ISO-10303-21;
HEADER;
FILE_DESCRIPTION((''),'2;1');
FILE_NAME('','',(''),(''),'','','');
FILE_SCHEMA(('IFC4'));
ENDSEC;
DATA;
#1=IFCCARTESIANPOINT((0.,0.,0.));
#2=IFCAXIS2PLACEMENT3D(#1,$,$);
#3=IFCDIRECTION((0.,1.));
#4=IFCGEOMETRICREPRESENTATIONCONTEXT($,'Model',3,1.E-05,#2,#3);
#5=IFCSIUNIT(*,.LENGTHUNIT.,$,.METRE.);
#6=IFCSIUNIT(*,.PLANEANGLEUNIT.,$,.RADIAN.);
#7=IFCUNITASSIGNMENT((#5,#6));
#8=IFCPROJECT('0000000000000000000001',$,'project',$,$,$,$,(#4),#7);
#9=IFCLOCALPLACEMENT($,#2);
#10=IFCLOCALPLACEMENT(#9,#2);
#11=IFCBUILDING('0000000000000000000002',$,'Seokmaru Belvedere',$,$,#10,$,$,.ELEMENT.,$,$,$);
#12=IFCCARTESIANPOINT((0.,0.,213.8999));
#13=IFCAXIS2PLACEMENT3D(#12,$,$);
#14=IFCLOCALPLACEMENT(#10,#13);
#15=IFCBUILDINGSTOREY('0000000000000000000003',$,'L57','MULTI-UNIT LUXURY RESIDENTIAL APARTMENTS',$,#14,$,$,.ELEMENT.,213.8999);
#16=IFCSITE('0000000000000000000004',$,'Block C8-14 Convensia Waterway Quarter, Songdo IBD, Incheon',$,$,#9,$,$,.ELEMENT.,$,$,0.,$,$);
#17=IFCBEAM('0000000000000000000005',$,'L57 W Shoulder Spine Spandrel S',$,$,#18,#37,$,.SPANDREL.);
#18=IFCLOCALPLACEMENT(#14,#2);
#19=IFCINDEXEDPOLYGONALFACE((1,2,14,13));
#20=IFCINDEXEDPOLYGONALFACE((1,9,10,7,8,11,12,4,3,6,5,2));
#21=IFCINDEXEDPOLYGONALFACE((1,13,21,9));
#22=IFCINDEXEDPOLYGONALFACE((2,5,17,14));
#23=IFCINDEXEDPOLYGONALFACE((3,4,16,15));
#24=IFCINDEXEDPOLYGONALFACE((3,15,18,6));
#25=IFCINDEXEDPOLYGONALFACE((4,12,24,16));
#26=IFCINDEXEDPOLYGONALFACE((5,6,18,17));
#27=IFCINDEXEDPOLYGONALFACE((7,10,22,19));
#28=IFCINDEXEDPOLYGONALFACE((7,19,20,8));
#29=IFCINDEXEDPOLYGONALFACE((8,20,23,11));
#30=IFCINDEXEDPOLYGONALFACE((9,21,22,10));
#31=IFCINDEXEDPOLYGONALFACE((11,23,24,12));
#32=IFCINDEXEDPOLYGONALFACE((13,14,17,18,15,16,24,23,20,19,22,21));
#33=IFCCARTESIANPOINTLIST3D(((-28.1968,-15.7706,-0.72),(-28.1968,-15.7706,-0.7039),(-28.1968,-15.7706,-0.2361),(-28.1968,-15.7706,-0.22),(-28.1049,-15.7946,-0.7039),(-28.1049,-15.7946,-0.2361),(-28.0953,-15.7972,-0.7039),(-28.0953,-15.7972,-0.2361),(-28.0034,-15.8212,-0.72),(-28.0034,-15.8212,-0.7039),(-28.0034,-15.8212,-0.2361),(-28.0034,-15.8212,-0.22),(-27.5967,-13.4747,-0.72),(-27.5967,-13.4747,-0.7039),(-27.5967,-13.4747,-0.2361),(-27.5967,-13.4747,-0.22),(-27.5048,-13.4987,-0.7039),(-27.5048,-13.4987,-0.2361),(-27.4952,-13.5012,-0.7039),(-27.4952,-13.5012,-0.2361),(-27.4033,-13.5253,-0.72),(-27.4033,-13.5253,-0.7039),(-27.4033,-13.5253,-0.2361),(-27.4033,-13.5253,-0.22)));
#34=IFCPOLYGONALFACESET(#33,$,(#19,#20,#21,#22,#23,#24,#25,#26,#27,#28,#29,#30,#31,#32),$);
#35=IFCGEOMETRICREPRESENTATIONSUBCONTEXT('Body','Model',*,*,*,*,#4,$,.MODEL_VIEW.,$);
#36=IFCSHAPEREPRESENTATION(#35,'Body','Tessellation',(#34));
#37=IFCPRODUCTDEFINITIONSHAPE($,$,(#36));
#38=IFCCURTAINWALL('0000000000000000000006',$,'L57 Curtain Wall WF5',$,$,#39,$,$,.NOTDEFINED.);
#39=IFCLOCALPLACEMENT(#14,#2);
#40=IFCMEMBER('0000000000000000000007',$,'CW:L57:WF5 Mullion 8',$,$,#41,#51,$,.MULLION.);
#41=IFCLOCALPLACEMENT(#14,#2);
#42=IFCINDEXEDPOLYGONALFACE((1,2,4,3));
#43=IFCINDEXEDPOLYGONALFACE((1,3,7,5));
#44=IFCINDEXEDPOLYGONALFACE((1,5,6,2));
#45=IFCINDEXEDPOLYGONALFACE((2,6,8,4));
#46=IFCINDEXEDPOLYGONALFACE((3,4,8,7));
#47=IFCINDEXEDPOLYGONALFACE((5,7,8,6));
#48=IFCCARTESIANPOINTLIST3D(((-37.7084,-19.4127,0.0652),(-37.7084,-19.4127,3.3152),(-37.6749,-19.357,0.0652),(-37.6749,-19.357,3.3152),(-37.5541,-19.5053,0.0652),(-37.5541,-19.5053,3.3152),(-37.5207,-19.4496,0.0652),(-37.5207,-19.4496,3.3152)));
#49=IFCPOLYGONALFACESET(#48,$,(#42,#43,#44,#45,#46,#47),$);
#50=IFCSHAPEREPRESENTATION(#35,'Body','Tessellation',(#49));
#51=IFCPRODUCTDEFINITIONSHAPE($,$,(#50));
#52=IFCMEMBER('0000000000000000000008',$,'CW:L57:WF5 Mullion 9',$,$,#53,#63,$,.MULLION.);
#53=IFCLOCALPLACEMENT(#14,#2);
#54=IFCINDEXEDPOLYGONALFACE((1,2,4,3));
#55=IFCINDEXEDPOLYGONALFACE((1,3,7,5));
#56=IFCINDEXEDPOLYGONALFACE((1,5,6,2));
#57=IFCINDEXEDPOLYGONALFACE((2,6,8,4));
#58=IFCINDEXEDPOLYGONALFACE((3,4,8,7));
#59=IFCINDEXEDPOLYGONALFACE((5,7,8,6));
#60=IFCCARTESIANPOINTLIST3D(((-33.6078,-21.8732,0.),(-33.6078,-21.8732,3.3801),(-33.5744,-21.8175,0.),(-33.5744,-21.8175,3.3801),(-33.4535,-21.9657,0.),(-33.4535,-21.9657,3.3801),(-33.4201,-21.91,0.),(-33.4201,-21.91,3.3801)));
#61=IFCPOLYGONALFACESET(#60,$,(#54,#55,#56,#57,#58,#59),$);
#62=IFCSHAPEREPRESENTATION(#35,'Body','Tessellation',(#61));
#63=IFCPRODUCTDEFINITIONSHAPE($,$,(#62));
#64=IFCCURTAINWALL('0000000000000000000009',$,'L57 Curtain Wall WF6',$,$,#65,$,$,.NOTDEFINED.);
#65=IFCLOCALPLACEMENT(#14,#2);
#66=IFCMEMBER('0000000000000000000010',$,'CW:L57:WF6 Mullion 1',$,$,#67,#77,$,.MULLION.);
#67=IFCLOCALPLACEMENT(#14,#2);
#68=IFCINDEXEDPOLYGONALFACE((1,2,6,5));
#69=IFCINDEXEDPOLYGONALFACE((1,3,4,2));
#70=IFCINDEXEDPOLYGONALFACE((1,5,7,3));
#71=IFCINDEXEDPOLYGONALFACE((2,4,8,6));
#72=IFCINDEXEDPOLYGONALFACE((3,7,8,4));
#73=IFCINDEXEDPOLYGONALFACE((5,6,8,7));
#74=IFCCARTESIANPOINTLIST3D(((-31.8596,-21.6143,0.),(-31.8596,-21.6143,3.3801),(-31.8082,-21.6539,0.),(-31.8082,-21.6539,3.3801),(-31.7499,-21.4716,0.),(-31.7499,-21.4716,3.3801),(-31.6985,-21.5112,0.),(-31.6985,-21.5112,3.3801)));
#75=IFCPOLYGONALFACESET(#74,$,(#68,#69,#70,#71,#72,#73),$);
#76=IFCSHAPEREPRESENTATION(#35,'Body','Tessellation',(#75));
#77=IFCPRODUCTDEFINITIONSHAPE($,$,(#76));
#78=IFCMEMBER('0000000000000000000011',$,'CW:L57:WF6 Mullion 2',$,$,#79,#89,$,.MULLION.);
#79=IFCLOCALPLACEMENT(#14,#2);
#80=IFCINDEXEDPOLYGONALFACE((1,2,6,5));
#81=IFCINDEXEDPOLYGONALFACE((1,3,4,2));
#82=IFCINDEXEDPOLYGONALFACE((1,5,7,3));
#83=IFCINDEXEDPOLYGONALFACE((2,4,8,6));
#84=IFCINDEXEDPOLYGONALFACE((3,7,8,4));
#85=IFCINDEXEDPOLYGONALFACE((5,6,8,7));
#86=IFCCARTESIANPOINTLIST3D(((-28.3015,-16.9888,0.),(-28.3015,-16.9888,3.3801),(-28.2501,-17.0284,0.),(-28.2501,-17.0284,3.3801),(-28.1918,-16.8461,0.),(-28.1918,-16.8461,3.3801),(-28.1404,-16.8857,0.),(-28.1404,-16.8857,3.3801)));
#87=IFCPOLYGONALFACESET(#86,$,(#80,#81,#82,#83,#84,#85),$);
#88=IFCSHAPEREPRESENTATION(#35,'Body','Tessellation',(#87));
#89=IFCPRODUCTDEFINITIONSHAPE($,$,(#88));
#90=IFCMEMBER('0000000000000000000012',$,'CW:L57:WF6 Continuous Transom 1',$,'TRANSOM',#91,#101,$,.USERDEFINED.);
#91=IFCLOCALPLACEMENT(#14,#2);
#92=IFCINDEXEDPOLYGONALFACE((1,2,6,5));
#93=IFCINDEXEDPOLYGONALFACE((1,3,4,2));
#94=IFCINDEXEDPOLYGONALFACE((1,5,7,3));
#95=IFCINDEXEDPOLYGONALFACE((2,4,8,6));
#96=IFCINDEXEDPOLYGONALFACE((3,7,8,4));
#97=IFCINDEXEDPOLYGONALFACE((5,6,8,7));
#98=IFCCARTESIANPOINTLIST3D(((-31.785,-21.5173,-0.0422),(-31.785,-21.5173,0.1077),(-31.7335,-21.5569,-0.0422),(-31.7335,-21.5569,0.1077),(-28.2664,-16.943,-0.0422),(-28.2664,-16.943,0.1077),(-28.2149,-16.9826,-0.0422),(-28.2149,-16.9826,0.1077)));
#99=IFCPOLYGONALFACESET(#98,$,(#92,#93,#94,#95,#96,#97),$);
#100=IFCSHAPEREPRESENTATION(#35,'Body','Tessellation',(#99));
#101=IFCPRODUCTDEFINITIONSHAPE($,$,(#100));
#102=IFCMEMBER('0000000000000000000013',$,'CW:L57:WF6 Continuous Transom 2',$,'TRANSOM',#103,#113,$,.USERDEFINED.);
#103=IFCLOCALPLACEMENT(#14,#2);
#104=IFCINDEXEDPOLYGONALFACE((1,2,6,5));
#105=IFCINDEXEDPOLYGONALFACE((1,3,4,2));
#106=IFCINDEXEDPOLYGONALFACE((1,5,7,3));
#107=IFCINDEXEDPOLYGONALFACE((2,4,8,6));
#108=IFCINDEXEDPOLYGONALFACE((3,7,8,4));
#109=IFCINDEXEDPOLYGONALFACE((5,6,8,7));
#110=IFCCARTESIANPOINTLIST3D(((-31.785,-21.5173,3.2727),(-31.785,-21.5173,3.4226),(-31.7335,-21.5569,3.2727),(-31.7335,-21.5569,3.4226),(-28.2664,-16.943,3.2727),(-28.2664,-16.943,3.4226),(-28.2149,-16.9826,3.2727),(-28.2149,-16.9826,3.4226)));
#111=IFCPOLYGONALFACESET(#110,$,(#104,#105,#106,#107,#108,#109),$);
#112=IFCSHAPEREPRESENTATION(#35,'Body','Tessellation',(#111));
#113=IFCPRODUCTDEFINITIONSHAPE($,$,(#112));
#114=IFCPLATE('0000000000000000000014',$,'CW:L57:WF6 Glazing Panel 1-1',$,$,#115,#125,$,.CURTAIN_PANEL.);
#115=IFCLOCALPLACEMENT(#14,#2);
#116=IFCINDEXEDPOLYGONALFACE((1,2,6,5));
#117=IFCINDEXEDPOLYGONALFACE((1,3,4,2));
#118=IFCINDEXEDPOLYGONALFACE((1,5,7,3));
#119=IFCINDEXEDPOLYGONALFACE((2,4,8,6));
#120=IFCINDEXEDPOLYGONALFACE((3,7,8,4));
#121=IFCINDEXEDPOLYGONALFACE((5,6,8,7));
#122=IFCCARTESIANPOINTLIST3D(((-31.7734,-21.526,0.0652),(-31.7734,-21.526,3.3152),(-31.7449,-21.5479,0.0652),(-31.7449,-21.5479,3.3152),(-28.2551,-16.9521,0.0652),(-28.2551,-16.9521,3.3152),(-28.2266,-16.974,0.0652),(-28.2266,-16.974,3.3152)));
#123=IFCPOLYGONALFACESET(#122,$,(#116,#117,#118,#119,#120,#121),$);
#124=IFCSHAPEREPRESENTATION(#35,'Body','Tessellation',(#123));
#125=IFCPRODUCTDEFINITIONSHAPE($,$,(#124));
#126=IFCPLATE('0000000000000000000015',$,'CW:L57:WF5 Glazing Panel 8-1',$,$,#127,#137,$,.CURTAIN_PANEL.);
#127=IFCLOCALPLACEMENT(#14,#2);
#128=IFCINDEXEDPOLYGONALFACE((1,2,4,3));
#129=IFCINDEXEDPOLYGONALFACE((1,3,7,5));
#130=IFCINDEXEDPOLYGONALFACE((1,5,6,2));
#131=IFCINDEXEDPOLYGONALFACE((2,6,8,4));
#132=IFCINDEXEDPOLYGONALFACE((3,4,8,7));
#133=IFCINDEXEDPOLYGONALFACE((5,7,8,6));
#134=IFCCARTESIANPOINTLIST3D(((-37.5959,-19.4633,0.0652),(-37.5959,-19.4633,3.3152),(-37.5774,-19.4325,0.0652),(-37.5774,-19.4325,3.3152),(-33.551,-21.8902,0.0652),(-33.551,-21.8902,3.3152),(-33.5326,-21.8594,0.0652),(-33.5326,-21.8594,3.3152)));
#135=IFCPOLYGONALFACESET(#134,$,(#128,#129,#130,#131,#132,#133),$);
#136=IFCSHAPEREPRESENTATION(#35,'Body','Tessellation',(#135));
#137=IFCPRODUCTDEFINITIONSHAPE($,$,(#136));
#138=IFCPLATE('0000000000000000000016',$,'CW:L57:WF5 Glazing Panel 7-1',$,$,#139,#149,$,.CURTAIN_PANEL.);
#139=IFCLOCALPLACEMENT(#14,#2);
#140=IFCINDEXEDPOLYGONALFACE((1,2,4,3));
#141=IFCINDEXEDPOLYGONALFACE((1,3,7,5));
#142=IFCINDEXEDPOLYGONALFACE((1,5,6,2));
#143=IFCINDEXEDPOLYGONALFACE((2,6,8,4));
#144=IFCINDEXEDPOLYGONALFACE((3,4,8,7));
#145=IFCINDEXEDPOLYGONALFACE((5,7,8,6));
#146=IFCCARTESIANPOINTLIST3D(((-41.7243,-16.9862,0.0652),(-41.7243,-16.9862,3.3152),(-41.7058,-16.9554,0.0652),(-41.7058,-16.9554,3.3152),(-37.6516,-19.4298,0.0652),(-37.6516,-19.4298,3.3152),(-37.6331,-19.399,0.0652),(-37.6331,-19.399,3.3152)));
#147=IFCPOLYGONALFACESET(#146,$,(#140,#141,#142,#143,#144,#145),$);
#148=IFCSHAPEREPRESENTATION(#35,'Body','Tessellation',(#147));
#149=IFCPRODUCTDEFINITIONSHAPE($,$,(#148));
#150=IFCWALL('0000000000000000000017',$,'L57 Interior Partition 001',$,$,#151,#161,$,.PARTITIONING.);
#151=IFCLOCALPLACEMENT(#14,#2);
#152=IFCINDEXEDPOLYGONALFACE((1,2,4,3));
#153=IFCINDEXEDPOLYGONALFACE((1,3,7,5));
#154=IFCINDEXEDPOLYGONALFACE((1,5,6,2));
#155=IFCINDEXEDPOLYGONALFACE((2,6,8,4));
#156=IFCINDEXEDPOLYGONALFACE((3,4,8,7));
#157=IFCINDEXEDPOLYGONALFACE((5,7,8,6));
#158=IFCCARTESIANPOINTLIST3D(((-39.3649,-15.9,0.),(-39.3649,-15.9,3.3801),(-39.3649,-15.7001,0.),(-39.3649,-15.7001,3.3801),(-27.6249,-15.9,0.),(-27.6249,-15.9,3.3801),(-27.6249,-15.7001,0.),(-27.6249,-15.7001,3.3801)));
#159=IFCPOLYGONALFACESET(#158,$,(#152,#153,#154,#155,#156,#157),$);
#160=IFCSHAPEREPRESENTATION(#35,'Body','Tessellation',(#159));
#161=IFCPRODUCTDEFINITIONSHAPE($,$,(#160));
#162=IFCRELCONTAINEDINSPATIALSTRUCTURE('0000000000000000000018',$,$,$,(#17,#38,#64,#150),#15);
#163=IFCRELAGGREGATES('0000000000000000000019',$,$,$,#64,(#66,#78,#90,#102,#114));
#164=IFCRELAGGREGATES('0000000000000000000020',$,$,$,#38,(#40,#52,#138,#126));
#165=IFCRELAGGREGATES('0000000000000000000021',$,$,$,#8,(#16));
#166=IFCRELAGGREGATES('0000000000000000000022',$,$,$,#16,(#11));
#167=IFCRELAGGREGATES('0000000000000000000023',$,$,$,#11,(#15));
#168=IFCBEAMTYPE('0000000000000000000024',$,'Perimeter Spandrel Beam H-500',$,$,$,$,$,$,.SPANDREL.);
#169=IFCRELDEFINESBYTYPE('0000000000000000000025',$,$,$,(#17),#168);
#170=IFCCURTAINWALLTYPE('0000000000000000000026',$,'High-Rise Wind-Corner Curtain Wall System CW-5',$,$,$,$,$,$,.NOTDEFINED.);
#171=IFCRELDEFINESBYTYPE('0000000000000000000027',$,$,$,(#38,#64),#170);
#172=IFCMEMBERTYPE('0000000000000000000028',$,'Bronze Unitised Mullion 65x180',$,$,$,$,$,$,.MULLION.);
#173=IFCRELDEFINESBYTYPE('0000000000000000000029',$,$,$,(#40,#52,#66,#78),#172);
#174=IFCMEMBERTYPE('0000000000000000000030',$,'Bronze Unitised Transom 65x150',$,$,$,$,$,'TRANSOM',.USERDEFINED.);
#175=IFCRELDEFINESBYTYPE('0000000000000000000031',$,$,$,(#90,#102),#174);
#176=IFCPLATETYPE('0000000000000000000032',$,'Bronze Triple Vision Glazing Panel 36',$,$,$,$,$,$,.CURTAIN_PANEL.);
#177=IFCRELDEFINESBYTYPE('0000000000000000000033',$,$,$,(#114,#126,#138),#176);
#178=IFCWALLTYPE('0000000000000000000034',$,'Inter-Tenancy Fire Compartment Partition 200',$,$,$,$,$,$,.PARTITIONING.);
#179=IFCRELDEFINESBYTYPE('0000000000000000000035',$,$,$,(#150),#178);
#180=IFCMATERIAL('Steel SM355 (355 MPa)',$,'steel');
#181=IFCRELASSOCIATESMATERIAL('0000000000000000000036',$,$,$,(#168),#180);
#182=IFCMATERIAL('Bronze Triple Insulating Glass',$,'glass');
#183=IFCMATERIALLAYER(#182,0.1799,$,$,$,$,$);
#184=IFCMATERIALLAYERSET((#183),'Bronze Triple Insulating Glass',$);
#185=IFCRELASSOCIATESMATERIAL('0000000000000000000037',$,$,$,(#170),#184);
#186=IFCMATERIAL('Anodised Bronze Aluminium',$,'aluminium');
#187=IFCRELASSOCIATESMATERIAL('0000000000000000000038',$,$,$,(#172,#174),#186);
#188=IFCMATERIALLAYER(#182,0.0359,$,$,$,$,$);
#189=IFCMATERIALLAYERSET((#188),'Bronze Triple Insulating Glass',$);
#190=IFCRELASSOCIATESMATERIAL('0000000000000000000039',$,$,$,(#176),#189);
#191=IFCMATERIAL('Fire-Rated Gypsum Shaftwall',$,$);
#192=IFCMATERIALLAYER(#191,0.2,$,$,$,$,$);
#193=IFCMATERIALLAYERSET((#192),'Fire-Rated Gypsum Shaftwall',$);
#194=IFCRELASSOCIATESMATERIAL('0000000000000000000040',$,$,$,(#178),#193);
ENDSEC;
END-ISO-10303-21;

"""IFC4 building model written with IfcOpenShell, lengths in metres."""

from ifc_helpers import new_model, si_unit, direction, frame, frame_2d, origin, origin_2d, place, context, subcontext, project, spatial, rectangle, i_section, extrude, source, transform, mapped, material, layer, layer_set, material_profile, profile_set, type_object, type_shapes, element, aggregate, save


model = new_model("IFC4")

# Units and contexts
model_context = context("Model", 3, precision=1e-05, world=origin(), true_north=direction((0.0, 1.0)))
body_context = subcontext(model_context, "Body", "Model", "MODEL_VIEW")
ifc_project = project(units=[si_unit("LENGTHUNIT", "METRE"), si_unit("PLANEANGLEUNIT", "RADIAN")], contexts=[model_context])

# Site, building, storey
site_placement = place(None, origin())
site = spatial("IfcSite", under=ifc_project, at=site_placement, Name="Block C8-14 Convensia Waterway Quarter, Songdo IBD, Incheon", CompositionType="ELEMENT", RefElevation=0.0)
building_placement = place(site_placement, origin())
building = spatial("IfcBuilding", under=site, at=building_placement, Name="Seokmaru Belvedere", CompositionType="ELEMENT")
storey_placement = place(building_placement, frame((0.0, 0.0, 213.8999)))
storey = spatial("IfcBuildingStorey", under=building, at=storey_placement, Name="L57", Description="MULTI-UNIT LUXURY RESIDENTIAL APARTMENTS", CompositionType="ELEMENT", Elevation=213.8999)

# Shared definitions
ifc_material_1 = material(Name="Steel SM355 (355 MPa)", Category="steel")

# Beam
ifc_material_profile_1 = material_profile(ifc_material_1, i_section(OverallWidth=0.2, OverallDepth=0.5, WebThickness=0.01, FlangeThickness=0.0161, at=origin_2d()), Name="H-500x200x10x16")
ifc_profile_set_1 = profile_set([ifc_material_profile_1], Name="Steel SM355 (355 MPa)")
beam_type_1 = type_object("IfcBeamType", Name="Perimeter Spandrel Beam H-500", PredefinedType="SPANDREL", material=ifc_profile_set_1)
shared_shape_1 = source(origin(), body_context, "Body", "SweptSolid", [
    extrude(i_section(OverallWidth=0.2, OverallDepth=0.5, WebThickness=0.01, FlangeThickness=0.0161, at=origin_2d()), origin(), (0.0, 0.0, 1.0), 2.373),
])
beam_1_placement = place(storey_placement, frame((-28.1001, -15.7959, -0.47), z_axis=(0.252883, 0.967497, 0.0), x_axis=(-0.967497, 0.252883, 0.0)))
element("IfcBeam", 1, at=beam_1_placement, inside=storey, type_object=beam_type_1, Name="L57 W Shoulder Spine Spandrel S", PredefinedType="SPANDREL", context=body_context, shape_type="MappedRepresentation", body=[
    mapped(shared_shape_1, transform((0.0, 0.0, 0.0), scale=1.0)),
])

# Curtain wall, members
ifc_material_2 = material(Name="Bronze Triple Insulating Glass", Category="glass")
ifc_layer_1 = layer(ifc_material_2, 0.1799)
ifc_layer_set_1 = layer_set([ifc_layer_1], Name="Bronze Triple Insulating Glass")
curtain_wall_type = type_object("IfcCurtainWallType", Name="High-Rise Wind-Corner Curtain Wall System CW-5", PredefinedType="NOTDEFINED", material=ifc_layer_set_1)
curtain_wall_1_placement = place(storey_placement, origin())
curtain_wall_1 = element("IfcCurtainWall", 2, at=curtain_wall_1_placement, inside=storey, type_object=curtain_wall_type, Name="L57 Curtain Wall WF5", PredefinedType="NOTDEFINED")
ifc_material_3 = material(Name="Anodised Bronze Aluminium", Category="aluminium")
ifc_material_profile_2 = material_profile(ifc_material_3, rectangle(XDim=0.0649, YDim=0.1799, at=origin_2d()), Name="CW-M-65x180")
ifc_profile_set_2 = profile_set([ifc_material_profile_2], Name="Anodised Bronze Aluminium")
member_type_1 = type_object("IfcMemberType", Name="Bronze Unitised Mullion 65x180", PredefinedType="MULLION", material=ifc_profile_set_2)
shared_shape_2 = source(origin(), body_context, "Body", "SweptSolid", [
    extrude(rectangle(XDim=0.0649, YDim=0.1799, at=origin_2d()), origin(), (0.0, 0.0, 1.0), 3.25),
])
member_1_placement = place(storey_placement, frame((-37.6145, -19.4312, 0.0652), z_axis=(0.0, 0.0, 1.0), x_axis=(0.514495, 0.857493, 0.0)))
member_1 = element("IfcMember", 3, at=member_1_placement, type_object=member_type_1, Name="CW:L57:WF5 Mullion 8", PredefinedType="MULLION", context=body_context, shape_type="MappedRepresentation", body=[
    mapped(shared_shape_2, transform((0.0, 0.0, 0.0), scale=1.0)),
])
shared_shape_3 = source(origin(), body_context, "Body", "SweptSolid", [
    extrude(rectangle(XDim=0.0649, YDim=0.1799, at=origin_2d()), origin(), (0.0, 0.0, 1.0), 3.3801),
])
type_shapes(member_type_1, [shared_shape_2, shared_shape_3])
member_2_placement = place(storey_placement, frame((-33.5139, -21.8916, 0.0), z_axis=(0.0, 0.0, 1.0), x_axis=(0.514495, 0.857493, 0.0)))
member_2 = element("IfcMember", 4, at=member_2_placement, type_object=member_type_1, Name="CW:L57:WF5 Mullion 9", PredefinedType="MULLION", context=body_context, shape_type="MappedRepresentation", body=[
    mapped(shared_shape_3, transform((0.0, 0.0, 0.0), scale=1.0)),
])

# Curtain wall, members, plate
curtain_wall_2_placement = place(storey_placement, origin())
curtain_wall_2 = element("IfcCurtainWall", 5, at=curtain_wall_2_placement, inside=storey, type_object=curtain_wall_type, Name="L57 Curtain Wall WF6", PredefinedType="NOTDEFINED")
member_3_placement = place(storey_placement, frame((-31.7791, -21.5627, 0.0), z_axis=(0.0, 0.0, 1.0), x_axis=(-0.792631, 0.609701, 0.0)))
member_3 = element("IfcMember", 6, at=member_3_placement, type_object=member_type_1, Name="CW:L57:WF6 Mullion 1", PredefinedType="MULLION", context=body_context, shape_type="MappedRepresentation", body=[
    mapped(shared_shape_3, transform((0.0, 0.0, 0.0), scale=1.0)),
])
member_4_placement = place(storey_placement, frame((-28.2209, -16.9373, 0.0), z_axis=(0.0, 0.0, 1.0), x_axis=(-0.792631, 0.609701, 0.0)))
member_4 = element("IfcMember", 7, at=member_4_placement, type_object=member_type_1, Name="CW:L57:WF6 Mullion 2", PredefinedType="MULLION", context=body_context, shape_type="MappedRepresentation", body=[
    mapped(shared_shape_3, transform((0.0, 0.0, 0.0), scale=1.0)),
])
ifc_material_profile_3 = material_profile(ifc_material_3, rectangle(XDim=0.0649, YDim=0.1499, at=origin_2d()), Name="CW-T-65x150")
ifc_profile_set_3 = profile_set([ifc_material_profile_3], Name="Anodised Bronze Aluminium")
member_type_2 = type_object("IfcMemberType", Name="Bronze Unitised Transom 65x150", ElementType="TRANSOM", PredefinedType="USERDEFINED", material=ifc_profile_set_3)
shared_shape_4 = source(origin(), body_context, "Body", "SweptSolid", [
    extrude(rectangle(XDim=0.0649, YDim=0.1499, at=origin_2d()), origin(), (0.0, 0.0, 1.0), 5.771),
])
type_shapes(member_type_2, [shared_shape_4])
member_5_placement = place(storey_placement, frame((-31.7593, -21.5371, 0.0327), z_axis=(0.609703, 0.79263, 0.0), x_axis=(-0.79263, 0.609703, 0.0)))
member_5 = element("IfcMember", 8, at=member_5_placement, type_object=member_type_2, Name="CW:L57:WF6 Continuous Transom 1", ObjectType="TRANSOM", PredefinedType="USERDEFINED", context=body_context, shape_type="MappedRepresentation", body=[
    mapped(shared_shape_4, transform((0.0, 0.0, 0.0), scale=1.0)),
])
member_6_placement = place(storey_placement, frame((-31.7593, -21.5371, 3.3477), z_axis=(0.609703, 0.79263, 0.0), x_axis=(-0.79263, 0.609703, 0.0)))
member_6 = element("IfcMember", 9, at=member_6_placement, type_object=member_type_2, Name="CW:L57:WF6 Continuous Transom 2", ObjectType="TRANSOM", PredefinedType="USERDEFINED", context=body_context, shape_type="MappedRepresentation", body=[
    mapped(shared_shape_4, transform((0.0, 0.0, 0.0), scale=1.0)),
])
ifc_layer_2 = layer(ifc_material_2, 0.0359)
ifc_layer_set_2 = layer_set([ifc_layer_2], Name="Bronze Triple Insulating Glass")
plate_type = type_object("IfcPlateType", Name="Bronze Triple Vision Glazing Panel 36", PredefinedType="CURTAIN_PANEL", material=ifc_layer_set_2)
shared_shape_5 = source(origin(), body_context, "Body", "SweptSolid", [
    extrude(rectangle(XDim=5.7705, YDim=0.0359, at=origin_2d()), origin(), (0.0, 0.0, 1.0), 3.25),
])
plate_1_placement = place(storey_placement, frame((-30.0, -19.25, 0.0652), z_axis=(0.0, 0.0, 1.0), x_axis=(0.609701, 0.792631, 0.0)))
plate_1 = element("IfcPlate", 10, at=plate_1_placement, type_object=plate_type, Name="CW:L57:WF6 Glazing Panel 1-1", PredefinedType="CURTAIN_PANEL", context=body_context, shape_type="MappedRepresentation", body=[
    mapped(shared_shape_5, transform((0.0, 0.0, 0.0), scale=1.0)),
])
aggregate(curtain_wall_2, [member_3, member_4, member_5, member_6, plate_1])

# Plates
shared_shape_6 = source(origin(), body_context, "Body", "SweptSolid", [
    extrude(rectangle(XDim=4.717, YDim=0.0359, at=origin_2d()), origin(), (0.0, 0.0, 1.0), 3.25),
])
plate_2_placement = place(storey_placement, frame((-35.5642, -20.6614, 0.0652), z_axis=(0.0, 0.0, 1.0), x_axis=(0.857493, -0.514495, 0.0)))
plate_2 = element("IfcPlate", 11, at=plate_2_placement, type_object=plate_type, Name="CW:L57:WF5 Glazing Panel 8-1", PredefinedType="CURTAIN_PANEL", context=body_context, shape_type="MappedRepresentation", body=[
    mapped(shared_shape_6, transform((0.0, 0.0, 0.0), scale=1.0)),
])
shared_shape_7 = source(origin(), body_context, "Body", "SweptSolid", [
    extrude(rectangle(XDim=4.7495, YDim=0.0359, at=origin_2d()), origin(), (0.0, 0.0, 1.0), 3.25),
])
type_shapes(plate_type, [shared_shape_5, shared_shape_6, shared_shape_7])
plate_3_placement = place(storey_placement, frame((-39.6787, -18.1926, 0.0652), z_axis=(0.0, 0.0, 1.0), x_axis=(0.857493, -0.514495, 0.0)))
plate_3 = element("IfcPlate", 12, at=plate_3_placement, type_object=plate_type, Name="CW:L57:WF5 Glazing Panel 7-1", PredefinedType="CURTAIN_PANEL", context=body_context, shape_type="MappedRepresentation", body=[
    mapped(shared_shape_7, transform((0.0, 0.0, 0.0), scale=1.0)),
])
aggregate(curtain_wall_1, [member_1, member_2, plate_3, plate_2])

# Wall
ifc_material_4 = material(Name="Fire-Rated Gypsum Shaftwall")
ifc_layer_3 = layer(ifc_material_4, 0.2)
ifc_layer_set_3 = layer_set([ifc_layer_3], Name="Fire-Rated Gypsum Shaftwall")
wall_type_1 = type_object("IfcWallType", Name="Inter-Tenancy Fire Compartment Partition 200", PredefinedType="PARTITIONING", material=ifc_layer_set_3)
wall_1_placement = place(storey_placement, frame((-39.365, -15.8, 0.0), z_axis=(0.0, 0.0, 1.0), x_axis=(1.0, 0.0, 0.0)))
element("IfcWall", 13, at=wall_1_placement, inside=storey, type_object=wall_type_1, Name="L57 Interior Partition 001", PredefinedType="PARTITIONING", context=body_context, shape_type="SweptSolid", body=[
    extrude(rectangle(XDim=11.74, YDim=0.2, at=frame_2d((5.8701, 0.0))), origin(), (0.0, 0.0, 1.0), 3.3801),
])

save(model, "model.ifc")
